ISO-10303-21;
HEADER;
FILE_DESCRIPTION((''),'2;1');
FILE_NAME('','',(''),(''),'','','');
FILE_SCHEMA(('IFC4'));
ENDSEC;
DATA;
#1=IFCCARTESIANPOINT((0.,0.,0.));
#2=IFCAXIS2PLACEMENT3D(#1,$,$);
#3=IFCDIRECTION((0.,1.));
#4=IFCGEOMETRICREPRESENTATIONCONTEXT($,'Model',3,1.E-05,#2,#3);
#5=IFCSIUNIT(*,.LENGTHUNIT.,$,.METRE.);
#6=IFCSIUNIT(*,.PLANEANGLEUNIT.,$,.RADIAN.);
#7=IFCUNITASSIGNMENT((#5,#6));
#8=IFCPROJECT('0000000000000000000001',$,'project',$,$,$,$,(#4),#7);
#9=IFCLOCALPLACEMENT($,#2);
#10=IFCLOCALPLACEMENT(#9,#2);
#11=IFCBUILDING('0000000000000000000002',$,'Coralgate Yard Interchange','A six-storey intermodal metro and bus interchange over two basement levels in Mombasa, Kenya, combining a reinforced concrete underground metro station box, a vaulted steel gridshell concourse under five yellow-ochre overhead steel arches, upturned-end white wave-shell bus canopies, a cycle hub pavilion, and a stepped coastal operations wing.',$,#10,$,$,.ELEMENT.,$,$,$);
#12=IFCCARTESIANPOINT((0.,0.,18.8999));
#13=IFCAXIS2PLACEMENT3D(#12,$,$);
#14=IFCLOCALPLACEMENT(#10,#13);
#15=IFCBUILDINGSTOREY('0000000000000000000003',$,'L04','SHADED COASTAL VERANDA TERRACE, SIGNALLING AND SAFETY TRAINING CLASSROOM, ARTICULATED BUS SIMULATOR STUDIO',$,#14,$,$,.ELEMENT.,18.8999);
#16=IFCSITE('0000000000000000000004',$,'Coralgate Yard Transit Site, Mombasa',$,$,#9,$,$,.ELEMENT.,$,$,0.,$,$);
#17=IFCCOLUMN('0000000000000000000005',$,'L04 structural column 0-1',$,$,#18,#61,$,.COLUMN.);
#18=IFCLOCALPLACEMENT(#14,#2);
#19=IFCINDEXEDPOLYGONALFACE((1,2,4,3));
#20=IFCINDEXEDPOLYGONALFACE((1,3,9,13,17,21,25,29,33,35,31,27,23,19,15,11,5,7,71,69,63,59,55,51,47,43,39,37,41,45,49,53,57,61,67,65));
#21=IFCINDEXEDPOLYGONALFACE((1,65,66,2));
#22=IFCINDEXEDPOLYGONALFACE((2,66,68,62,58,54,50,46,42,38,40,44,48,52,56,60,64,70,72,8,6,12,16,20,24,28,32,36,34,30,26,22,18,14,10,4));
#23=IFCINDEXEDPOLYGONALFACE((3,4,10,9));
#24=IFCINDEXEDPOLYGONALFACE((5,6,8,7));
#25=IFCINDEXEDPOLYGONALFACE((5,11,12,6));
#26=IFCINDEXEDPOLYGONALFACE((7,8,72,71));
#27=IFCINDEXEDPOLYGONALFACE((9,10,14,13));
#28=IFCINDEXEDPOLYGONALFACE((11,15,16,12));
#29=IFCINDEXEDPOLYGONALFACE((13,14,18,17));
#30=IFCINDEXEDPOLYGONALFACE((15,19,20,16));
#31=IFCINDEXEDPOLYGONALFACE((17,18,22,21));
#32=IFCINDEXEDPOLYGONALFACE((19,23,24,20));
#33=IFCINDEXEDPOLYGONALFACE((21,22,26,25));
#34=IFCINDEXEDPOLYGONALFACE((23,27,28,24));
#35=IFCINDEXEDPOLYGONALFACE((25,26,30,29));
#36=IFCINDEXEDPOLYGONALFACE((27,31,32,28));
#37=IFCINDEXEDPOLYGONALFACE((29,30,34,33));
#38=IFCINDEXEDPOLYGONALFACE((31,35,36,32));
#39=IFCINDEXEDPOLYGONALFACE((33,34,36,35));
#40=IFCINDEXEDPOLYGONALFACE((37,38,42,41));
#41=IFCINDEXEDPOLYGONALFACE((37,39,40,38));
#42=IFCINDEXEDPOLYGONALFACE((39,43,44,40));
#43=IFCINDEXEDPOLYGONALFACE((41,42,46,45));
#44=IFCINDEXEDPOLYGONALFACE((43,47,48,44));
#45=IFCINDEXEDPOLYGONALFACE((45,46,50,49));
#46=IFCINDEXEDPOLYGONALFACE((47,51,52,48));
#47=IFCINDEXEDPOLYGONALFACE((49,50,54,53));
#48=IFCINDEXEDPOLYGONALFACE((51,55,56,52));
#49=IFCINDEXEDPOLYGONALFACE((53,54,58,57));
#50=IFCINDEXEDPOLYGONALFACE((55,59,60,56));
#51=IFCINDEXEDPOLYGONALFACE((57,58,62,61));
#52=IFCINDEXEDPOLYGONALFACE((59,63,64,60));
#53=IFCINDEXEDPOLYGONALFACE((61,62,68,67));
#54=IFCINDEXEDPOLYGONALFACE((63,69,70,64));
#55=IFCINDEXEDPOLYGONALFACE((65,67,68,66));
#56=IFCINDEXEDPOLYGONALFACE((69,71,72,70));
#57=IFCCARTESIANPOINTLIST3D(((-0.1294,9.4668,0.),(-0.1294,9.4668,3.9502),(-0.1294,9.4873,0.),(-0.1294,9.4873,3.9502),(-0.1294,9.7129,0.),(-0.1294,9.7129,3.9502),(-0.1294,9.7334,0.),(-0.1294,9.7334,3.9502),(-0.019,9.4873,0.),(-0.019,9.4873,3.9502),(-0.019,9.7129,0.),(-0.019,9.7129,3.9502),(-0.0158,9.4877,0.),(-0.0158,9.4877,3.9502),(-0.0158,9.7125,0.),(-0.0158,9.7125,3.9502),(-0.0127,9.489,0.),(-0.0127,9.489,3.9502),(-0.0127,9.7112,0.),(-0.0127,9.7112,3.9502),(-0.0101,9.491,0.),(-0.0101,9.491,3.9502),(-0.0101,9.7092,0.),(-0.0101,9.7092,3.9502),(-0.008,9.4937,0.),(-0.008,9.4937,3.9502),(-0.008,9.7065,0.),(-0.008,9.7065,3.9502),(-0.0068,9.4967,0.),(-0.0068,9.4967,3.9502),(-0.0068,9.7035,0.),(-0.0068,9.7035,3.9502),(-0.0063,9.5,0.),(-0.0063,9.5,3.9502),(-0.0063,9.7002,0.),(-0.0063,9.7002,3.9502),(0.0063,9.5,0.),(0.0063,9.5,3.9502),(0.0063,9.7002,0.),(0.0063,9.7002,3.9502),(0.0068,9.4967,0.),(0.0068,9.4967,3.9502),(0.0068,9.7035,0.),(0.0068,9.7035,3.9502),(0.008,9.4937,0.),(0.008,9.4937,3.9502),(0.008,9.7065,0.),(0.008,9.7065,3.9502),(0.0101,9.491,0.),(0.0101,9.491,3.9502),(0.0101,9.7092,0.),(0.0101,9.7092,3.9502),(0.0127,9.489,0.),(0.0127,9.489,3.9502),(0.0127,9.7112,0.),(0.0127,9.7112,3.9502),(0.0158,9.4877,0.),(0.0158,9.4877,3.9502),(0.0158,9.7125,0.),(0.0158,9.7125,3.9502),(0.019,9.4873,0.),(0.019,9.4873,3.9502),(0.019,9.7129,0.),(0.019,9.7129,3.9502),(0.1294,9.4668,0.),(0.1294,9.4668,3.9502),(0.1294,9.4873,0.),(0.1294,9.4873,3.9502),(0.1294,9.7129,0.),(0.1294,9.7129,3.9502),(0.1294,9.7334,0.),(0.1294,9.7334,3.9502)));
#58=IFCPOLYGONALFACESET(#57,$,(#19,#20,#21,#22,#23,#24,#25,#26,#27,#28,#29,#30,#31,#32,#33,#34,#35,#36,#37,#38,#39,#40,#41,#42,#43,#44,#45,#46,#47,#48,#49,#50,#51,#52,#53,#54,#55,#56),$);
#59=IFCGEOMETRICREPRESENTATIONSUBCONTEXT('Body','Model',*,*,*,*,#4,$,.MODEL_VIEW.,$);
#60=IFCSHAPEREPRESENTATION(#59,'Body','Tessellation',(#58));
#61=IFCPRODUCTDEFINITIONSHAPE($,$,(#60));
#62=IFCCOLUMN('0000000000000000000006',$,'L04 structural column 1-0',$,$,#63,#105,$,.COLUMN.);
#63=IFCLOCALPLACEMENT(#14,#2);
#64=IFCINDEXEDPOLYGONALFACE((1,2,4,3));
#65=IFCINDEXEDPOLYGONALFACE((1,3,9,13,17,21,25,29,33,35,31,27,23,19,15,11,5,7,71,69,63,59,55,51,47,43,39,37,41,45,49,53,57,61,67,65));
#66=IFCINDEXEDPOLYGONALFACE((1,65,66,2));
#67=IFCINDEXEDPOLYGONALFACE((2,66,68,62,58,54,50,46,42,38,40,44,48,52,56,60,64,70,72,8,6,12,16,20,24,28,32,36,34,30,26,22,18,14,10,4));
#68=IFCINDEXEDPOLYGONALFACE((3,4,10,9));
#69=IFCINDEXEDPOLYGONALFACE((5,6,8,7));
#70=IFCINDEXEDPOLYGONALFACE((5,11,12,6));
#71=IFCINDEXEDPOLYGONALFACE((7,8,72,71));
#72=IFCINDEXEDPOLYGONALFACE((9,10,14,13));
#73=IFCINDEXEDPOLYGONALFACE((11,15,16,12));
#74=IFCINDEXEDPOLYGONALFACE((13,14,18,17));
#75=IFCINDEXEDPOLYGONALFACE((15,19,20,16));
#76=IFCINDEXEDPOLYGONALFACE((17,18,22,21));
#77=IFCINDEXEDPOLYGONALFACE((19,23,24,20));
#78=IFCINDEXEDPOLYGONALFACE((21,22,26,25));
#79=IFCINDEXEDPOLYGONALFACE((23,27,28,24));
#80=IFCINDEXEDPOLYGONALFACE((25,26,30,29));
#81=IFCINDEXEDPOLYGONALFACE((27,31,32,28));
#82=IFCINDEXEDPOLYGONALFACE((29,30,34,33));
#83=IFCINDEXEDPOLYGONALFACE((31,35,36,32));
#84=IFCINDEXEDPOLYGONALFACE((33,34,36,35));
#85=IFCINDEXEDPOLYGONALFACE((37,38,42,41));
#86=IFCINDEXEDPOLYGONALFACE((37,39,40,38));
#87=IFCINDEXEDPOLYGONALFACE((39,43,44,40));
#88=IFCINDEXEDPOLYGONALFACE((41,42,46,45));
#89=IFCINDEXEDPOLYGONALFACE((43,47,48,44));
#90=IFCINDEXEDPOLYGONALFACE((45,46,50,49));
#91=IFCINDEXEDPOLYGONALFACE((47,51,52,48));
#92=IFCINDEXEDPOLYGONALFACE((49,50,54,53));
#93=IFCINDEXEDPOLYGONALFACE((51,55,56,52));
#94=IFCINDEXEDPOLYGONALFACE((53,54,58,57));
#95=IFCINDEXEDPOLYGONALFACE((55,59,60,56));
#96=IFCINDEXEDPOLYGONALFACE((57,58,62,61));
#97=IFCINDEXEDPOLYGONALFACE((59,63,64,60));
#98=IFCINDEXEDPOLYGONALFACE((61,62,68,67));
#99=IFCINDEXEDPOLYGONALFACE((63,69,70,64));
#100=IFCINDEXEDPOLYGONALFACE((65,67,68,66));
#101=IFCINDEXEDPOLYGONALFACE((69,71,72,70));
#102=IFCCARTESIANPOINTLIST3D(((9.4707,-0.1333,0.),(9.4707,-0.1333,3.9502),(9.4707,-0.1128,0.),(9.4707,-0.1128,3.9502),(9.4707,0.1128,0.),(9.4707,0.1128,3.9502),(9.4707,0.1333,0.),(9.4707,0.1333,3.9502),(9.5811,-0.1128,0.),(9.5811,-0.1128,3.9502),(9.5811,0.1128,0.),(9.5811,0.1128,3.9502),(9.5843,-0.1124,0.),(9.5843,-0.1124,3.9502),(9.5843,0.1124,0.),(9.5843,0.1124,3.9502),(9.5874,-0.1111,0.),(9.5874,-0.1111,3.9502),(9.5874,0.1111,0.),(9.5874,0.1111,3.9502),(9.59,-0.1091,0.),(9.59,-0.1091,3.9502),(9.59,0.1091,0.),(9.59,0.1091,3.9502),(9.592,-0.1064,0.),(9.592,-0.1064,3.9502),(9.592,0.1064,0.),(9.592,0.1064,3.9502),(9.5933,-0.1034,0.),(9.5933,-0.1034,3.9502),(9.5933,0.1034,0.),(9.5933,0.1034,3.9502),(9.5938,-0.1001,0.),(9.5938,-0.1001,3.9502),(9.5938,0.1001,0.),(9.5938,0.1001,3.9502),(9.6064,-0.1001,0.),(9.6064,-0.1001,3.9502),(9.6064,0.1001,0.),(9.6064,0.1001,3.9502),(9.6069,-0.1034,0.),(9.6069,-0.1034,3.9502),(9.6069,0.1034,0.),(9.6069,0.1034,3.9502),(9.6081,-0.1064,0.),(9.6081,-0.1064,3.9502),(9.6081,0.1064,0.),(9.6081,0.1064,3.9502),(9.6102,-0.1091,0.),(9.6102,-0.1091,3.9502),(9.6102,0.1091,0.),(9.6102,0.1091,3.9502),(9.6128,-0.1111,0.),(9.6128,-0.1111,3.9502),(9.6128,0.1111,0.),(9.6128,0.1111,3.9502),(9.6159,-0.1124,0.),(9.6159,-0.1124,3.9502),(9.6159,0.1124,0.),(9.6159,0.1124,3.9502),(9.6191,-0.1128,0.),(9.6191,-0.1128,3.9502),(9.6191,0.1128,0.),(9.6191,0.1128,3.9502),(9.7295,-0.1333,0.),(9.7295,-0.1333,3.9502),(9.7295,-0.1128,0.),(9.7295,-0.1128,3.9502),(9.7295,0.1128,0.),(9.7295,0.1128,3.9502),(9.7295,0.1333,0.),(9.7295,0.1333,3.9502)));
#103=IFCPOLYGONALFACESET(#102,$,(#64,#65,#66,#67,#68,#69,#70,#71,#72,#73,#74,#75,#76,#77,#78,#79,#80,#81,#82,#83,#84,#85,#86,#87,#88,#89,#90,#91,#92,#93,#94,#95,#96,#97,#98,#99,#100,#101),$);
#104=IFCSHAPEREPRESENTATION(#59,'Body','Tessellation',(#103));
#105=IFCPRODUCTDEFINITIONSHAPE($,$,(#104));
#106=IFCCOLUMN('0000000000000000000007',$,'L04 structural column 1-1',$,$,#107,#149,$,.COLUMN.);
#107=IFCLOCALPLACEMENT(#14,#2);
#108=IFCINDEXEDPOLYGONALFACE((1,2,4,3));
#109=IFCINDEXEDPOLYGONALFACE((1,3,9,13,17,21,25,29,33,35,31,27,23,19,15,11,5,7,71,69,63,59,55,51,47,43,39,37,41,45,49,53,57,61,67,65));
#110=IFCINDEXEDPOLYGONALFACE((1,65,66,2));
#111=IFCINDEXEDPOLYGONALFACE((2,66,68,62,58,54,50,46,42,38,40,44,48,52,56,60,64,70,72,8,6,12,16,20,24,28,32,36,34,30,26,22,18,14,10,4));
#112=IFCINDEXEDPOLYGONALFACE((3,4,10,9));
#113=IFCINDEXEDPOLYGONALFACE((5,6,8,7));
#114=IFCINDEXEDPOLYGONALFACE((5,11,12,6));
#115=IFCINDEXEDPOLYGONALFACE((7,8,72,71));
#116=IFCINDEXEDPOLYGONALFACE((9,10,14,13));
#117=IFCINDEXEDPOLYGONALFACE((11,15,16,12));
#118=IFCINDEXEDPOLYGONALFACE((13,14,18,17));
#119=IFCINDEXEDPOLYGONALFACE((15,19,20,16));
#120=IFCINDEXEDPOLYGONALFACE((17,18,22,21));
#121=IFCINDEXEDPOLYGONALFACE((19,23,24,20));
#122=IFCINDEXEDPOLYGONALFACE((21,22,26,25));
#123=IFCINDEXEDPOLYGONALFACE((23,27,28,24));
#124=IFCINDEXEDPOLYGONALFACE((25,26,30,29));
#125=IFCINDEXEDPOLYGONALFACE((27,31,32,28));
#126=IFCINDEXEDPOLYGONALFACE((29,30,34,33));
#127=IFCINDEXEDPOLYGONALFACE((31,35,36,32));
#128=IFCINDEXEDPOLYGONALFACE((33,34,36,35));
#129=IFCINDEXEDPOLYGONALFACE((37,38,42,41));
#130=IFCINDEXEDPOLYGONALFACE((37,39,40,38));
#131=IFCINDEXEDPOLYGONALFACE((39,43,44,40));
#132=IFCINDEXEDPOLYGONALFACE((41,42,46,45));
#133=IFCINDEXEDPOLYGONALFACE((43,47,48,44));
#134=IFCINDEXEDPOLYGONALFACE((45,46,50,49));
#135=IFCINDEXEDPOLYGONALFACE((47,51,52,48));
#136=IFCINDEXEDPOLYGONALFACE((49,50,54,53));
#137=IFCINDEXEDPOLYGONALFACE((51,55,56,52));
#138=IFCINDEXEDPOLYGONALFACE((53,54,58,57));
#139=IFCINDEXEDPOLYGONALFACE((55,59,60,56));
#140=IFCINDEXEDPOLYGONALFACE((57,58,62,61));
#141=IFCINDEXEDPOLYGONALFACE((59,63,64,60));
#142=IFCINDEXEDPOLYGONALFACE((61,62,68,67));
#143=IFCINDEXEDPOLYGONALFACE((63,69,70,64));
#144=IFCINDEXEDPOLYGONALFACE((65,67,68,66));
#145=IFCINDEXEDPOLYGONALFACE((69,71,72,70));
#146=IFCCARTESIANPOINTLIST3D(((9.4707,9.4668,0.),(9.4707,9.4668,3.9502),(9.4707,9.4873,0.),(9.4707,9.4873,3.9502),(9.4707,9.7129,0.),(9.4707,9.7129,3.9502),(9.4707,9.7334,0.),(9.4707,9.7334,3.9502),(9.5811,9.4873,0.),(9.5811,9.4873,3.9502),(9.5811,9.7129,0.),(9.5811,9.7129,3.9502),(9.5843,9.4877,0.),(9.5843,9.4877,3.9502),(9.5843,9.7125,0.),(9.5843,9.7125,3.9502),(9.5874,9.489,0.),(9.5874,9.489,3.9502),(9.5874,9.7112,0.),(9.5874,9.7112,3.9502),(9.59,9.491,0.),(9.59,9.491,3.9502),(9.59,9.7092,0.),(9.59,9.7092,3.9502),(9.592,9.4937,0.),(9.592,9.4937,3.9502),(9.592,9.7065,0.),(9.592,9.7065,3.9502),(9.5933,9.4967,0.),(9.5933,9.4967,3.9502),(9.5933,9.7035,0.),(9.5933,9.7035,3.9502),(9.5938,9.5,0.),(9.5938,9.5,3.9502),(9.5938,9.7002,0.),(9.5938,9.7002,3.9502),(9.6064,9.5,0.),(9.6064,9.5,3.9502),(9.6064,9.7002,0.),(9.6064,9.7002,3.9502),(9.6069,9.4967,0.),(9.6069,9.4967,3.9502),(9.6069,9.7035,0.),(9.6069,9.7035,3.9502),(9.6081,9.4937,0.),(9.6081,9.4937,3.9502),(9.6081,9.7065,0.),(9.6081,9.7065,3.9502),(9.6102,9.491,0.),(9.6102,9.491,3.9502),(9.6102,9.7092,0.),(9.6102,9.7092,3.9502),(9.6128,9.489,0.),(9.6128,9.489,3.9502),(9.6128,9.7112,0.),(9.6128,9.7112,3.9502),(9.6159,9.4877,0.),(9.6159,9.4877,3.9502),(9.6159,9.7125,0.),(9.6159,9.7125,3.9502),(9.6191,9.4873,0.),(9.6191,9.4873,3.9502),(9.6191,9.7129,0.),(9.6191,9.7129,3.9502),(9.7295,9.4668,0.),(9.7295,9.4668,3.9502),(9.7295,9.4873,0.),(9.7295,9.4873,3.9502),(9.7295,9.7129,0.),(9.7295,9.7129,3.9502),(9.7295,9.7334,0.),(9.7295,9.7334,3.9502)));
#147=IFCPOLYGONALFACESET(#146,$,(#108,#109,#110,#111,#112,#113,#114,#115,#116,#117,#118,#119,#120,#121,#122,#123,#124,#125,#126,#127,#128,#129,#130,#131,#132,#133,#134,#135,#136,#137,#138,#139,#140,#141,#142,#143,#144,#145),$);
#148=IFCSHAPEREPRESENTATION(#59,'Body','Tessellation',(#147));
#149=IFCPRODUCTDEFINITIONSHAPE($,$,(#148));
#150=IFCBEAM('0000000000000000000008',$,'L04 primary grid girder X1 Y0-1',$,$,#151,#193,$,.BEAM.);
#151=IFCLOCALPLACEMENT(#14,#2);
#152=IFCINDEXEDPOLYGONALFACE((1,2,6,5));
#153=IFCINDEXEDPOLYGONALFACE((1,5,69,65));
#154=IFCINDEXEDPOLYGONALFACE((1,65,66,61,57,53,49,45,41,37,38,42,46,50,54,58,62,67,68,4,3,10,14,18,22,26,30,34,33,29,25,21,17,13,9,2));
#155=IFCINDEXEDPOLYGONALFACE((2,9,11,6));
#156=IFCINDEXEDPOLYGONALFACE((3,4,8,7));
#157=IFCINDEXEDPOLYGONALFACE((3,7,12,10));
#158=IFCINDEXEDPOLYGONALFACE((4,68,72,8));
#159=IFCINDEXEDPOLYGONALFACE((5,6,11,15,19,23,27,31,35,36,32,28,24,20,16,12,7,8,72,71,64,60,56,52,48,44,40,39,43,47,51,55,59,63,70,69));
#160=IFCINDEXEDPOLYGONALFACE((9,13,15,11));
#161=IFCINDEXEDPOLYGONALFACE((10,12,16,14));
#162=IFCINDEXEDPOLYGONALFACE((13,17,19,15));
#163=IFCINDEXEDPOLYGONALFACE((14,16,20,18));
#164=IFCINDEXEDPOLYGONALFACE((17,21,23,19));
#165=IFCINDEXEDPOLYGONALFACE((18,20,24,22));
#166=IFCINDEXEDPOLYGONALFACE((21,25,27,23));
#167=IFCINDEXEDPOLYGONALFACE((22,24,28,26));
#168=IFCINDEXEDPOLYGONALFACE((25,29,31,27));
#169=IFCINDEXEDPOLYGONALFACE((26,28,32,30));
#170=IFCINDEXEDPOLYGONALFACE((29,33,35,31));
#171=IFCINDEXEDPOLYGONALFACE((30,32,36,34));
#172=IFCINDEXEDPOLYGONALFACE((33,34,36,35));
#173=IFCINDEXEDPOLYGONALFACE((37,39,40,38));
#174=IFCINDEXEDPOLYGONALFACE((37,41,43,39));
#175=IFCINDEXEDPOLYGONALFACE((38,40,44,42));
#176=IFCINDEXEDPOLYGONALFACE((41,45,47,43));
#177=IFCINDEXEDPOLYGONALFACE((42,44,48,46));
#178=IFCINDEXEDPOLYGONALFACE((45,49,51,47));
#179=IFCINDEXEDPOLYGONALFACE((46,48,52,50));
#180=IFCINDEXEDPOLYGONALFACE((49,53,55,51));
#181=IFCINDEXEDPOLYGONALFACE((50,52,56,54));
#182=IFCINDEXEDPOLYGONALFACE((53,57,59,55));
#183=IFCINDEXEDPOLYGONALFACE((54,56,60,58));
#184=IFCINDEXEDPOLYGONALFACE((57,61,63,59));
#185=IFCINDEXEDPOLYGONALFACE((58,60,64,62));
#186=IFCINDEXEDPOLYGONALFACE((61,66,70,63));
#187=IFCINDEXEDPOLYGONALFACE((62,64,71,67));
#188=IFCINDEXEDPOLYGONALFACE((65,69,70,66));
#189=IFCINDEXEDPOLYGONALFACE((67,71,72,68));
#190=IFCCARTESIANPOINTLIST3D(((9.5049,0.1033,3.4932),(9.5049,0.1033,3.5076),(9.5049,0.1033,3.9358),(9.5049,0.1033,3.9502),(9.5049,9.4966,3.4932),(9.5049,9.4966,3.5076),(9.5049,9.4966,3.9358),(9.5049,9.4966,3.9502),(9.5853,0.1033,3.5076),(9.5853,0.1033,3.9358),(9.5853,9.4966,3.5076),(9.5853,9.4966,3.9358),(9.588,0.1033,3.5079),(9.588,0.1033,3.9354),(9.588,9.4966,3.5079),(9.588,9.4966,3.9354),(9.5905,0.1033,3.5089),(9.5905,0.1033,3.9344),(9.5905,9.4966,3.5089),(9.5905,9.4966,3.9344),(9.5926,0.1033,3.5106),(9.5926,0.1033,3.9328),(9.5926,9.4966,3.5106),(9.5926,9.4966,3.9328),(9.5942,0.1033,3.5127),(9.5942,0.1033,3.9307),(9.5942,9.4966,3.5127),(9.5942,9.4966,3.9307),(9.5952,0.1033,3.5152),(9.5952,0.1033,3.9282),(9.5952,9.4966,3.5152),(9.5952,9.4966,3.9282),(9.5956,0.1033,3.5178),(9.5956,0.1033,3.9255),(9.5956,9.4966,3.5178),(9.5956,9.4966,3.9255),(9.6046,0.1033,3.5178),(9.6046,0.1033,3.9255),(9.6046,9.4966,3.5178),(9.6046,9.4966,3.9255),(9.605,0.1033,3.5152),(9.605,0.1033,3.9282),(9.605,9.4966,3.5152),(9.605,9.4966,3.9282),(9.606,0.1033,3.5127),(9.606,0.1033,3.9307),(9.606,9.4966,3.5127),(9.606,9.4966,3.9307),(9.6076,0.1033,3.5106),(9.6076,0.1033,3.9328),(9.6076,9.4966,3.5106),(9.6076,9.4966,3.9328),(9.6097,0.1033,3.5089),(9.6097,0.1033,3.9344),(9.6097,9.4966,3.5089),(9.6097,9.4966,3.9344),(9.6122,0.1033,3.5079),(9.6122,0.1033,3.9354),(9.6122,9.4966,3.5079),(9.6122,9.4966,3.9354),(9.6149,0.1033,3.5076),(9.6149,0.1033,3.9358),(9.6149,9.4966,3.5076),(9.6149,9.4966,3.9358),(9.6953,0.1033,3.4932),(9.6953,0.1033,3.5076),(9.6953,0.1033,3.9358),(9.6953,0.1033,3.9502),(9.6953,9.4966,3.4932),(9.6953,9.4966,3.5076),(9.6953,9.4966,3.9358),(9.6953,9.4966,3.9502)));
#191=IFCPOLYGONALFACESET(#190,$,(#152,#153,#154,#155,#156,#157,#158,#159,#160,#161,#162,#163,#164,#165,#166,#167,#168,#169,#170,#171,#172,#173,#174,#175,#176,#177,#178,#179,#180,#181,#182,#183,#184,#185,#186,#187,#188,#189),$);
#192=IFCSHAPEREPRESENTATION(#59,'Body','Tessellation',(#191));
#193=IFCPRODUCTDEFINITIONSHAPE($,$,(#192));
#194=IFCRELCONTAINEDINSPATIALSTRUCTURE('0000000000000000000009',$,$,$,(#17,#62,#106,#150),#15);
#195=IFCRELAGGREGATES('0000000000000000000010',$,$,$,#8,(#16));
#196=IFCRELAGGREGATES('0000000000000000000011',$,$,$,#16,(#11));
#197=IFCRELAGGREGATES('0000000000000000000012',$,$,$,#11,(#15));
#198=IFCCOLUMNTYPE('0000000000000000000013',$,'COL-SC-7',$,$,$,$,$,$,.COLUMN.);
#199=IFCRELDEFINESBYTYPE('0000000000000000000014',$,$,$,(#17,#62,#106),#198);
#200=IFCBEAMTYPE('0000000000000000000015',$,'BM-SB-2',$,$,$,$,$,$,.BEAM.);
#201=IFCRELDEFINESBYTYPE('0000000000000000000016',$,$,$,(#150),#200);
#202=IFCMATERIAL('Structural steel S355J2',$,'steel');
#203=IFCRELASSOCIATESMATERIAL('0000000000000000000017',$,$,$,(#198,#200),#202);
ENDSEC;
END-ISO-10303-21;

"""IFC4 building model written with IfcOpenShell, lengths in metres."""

from ifc_helpers import new_model, si_unit, direction, frame, origin, origin_2d, place, context, subcontext, project, spatial, i_section, extrude, material, material_profile, profile_set, type_object, element, save


model = new_model("IFC4")

# Units and contexts
model_context = context("Model", 3, precision=1e-05, world=origin(), true_north=direction((0.0, 1.0)))
body_context = subcontext(model_context, "Body", "Model", "MODEL_VIEW")
ifc_project = project(units=[si_unit("LENGTHUNIT", "METRE"), si_unit("PLANEANGLEUNIT", "RADIAN")], contexts=[model_context])

# Site, building, storey
site_placement = place(None, origin())
site = spatial("IfcSite", under=ifc_project, at=site_placement, Name="Coralgate Yard Transit Site, Mombasa", CompositionType="ELEMENT", RefElevation=0.0)
building_placement = place(site_placement, origin())
building = spatial("IfcBuilding", under=site, at=building_placement, Name="Coralgate Yard Interchange", Description="A six-storey intermodal metro and bus interchange over two basement levels in Mombasa, Kenya, combining a reinforced concrete underground metro station box, a vaulted steel gridshell concourse under five yellow-ochre overhead steel arches, upturned-end white wave-shell bus canopies, a cycle hub pavilion, and a stepped coastal operations wing.", CompositionType="ELEMENT")
storey_placement = place(building_placement, frame((0.0, 0.0, 18.8999)))
storey = spatial("IfcBuildingStorey", under=building, at=storey_placement, Name="L04", Description="SHADED COASTAL VERANDA TERRACE, SIGNALLING AND SAFETY TRAINING CLASSROOM, ARTICULATED BUS SIMULATOR STUDIO", CompositionType="ELEMENT", Elevation=18.8999)

# Columns
ifc_material_1 = material(Name="Structural steel S355J2", Category="steel")
ifc_material_profile_1 = material_profile(ifc_material_1, i_section(OverallWidth=0.2588, OverallDepth=0.2666, WebThickness=0.0127, FlangeThickness=0.0205, FilletRadius=0.0127, at=origin_2d()), Name="UC 254x254x107")
ifc_profile_set_1 = profile_set([ifc_material_profile_1], Name="Structural steel S355J2")
column_type = type_object("IfcColumnType", Name="COL-SC-7", PredefinedType="COLUMN", material=ifc_profile_set_1)
for number, where, z_axis, x_axis, name in (
    (1, (0.0, 9.6001, 0.0), (0.0, 0.0, 1.0), (1.0, 0.0, 0.0), "L04 structural column 0-1"),
    (2, (9.6001, 0.0, 0.0), (0.0, 0.0, 1.0), (1.0, 0.0, 0.0), "L04 structural column 1-0"),
    (3, (9.6001, 9.6001, 0.0), (0.0, 0.0, 1.0), (1.0, 0.0, 0.0), "L04 structural column 1-1"),
):
    element("IfcColumn", number, at=place(storey_placement, frame(where, z_axis=z_axis, x_axis=x_axis)), inside=storey, type_object=column_type, Name=name, PredefinedType="COLUMN", context=body_context, shape_type="SweptSolid", body=[
        extrude(i_section(OverallWidth=0.2588, OverallDepth=0.2666, WebThickness=0.0127, FlangeThickness=0.0205, FilletRadius=0.0127, at=origin_2d()), origin(), (0.0, 0.0, 1.0), 3.9502),
    ])

# Beam
ifc_material_profile_2 = material_profile(ifc_material_1, i_section(OverallWidth=0.1904, OverallDepth=0.457, WebThickness=0.009, FlangeThickness=0.0144, FilletRadius=0.0103, at=origin_2d()), Name="UB 457x191x74")
ifc_profile_set_2 = profile_set([ifc_material_profile_2], Name="Structural steel S355J2")
beam_type_1 = type_object("IfcBeamType", Name="BM-SB-2", PredefinedType="BEAM", material=ifc_profile_set_2)
beam_1_placement = place(storey_placement, frame((9.6001, 0.1033, 3.7217), z_axis=(0.0, 1.0, 0.0), x_axis=(-1.0, 0.0, 0.0)))
element("IfcBeam", 4, at=beam_1_placement, inside=storey, type_object=beam_type_1, Name="L04 primary grid girder X1 Y0-1", PredefinedType="BEAM", context=body_context, shape_type="SweptSolid", body=[
    extrude(i_section(OverallWidth=0.1904, OverallDepth=0.457, WebThickness=0.009, FlangeThickness=0.0144, FilletRadius=0.0103, at=origin_2d()), origin(), (0.0, 0.0, 1.0), 9.3933),
])

save(model, "model.ifc")
